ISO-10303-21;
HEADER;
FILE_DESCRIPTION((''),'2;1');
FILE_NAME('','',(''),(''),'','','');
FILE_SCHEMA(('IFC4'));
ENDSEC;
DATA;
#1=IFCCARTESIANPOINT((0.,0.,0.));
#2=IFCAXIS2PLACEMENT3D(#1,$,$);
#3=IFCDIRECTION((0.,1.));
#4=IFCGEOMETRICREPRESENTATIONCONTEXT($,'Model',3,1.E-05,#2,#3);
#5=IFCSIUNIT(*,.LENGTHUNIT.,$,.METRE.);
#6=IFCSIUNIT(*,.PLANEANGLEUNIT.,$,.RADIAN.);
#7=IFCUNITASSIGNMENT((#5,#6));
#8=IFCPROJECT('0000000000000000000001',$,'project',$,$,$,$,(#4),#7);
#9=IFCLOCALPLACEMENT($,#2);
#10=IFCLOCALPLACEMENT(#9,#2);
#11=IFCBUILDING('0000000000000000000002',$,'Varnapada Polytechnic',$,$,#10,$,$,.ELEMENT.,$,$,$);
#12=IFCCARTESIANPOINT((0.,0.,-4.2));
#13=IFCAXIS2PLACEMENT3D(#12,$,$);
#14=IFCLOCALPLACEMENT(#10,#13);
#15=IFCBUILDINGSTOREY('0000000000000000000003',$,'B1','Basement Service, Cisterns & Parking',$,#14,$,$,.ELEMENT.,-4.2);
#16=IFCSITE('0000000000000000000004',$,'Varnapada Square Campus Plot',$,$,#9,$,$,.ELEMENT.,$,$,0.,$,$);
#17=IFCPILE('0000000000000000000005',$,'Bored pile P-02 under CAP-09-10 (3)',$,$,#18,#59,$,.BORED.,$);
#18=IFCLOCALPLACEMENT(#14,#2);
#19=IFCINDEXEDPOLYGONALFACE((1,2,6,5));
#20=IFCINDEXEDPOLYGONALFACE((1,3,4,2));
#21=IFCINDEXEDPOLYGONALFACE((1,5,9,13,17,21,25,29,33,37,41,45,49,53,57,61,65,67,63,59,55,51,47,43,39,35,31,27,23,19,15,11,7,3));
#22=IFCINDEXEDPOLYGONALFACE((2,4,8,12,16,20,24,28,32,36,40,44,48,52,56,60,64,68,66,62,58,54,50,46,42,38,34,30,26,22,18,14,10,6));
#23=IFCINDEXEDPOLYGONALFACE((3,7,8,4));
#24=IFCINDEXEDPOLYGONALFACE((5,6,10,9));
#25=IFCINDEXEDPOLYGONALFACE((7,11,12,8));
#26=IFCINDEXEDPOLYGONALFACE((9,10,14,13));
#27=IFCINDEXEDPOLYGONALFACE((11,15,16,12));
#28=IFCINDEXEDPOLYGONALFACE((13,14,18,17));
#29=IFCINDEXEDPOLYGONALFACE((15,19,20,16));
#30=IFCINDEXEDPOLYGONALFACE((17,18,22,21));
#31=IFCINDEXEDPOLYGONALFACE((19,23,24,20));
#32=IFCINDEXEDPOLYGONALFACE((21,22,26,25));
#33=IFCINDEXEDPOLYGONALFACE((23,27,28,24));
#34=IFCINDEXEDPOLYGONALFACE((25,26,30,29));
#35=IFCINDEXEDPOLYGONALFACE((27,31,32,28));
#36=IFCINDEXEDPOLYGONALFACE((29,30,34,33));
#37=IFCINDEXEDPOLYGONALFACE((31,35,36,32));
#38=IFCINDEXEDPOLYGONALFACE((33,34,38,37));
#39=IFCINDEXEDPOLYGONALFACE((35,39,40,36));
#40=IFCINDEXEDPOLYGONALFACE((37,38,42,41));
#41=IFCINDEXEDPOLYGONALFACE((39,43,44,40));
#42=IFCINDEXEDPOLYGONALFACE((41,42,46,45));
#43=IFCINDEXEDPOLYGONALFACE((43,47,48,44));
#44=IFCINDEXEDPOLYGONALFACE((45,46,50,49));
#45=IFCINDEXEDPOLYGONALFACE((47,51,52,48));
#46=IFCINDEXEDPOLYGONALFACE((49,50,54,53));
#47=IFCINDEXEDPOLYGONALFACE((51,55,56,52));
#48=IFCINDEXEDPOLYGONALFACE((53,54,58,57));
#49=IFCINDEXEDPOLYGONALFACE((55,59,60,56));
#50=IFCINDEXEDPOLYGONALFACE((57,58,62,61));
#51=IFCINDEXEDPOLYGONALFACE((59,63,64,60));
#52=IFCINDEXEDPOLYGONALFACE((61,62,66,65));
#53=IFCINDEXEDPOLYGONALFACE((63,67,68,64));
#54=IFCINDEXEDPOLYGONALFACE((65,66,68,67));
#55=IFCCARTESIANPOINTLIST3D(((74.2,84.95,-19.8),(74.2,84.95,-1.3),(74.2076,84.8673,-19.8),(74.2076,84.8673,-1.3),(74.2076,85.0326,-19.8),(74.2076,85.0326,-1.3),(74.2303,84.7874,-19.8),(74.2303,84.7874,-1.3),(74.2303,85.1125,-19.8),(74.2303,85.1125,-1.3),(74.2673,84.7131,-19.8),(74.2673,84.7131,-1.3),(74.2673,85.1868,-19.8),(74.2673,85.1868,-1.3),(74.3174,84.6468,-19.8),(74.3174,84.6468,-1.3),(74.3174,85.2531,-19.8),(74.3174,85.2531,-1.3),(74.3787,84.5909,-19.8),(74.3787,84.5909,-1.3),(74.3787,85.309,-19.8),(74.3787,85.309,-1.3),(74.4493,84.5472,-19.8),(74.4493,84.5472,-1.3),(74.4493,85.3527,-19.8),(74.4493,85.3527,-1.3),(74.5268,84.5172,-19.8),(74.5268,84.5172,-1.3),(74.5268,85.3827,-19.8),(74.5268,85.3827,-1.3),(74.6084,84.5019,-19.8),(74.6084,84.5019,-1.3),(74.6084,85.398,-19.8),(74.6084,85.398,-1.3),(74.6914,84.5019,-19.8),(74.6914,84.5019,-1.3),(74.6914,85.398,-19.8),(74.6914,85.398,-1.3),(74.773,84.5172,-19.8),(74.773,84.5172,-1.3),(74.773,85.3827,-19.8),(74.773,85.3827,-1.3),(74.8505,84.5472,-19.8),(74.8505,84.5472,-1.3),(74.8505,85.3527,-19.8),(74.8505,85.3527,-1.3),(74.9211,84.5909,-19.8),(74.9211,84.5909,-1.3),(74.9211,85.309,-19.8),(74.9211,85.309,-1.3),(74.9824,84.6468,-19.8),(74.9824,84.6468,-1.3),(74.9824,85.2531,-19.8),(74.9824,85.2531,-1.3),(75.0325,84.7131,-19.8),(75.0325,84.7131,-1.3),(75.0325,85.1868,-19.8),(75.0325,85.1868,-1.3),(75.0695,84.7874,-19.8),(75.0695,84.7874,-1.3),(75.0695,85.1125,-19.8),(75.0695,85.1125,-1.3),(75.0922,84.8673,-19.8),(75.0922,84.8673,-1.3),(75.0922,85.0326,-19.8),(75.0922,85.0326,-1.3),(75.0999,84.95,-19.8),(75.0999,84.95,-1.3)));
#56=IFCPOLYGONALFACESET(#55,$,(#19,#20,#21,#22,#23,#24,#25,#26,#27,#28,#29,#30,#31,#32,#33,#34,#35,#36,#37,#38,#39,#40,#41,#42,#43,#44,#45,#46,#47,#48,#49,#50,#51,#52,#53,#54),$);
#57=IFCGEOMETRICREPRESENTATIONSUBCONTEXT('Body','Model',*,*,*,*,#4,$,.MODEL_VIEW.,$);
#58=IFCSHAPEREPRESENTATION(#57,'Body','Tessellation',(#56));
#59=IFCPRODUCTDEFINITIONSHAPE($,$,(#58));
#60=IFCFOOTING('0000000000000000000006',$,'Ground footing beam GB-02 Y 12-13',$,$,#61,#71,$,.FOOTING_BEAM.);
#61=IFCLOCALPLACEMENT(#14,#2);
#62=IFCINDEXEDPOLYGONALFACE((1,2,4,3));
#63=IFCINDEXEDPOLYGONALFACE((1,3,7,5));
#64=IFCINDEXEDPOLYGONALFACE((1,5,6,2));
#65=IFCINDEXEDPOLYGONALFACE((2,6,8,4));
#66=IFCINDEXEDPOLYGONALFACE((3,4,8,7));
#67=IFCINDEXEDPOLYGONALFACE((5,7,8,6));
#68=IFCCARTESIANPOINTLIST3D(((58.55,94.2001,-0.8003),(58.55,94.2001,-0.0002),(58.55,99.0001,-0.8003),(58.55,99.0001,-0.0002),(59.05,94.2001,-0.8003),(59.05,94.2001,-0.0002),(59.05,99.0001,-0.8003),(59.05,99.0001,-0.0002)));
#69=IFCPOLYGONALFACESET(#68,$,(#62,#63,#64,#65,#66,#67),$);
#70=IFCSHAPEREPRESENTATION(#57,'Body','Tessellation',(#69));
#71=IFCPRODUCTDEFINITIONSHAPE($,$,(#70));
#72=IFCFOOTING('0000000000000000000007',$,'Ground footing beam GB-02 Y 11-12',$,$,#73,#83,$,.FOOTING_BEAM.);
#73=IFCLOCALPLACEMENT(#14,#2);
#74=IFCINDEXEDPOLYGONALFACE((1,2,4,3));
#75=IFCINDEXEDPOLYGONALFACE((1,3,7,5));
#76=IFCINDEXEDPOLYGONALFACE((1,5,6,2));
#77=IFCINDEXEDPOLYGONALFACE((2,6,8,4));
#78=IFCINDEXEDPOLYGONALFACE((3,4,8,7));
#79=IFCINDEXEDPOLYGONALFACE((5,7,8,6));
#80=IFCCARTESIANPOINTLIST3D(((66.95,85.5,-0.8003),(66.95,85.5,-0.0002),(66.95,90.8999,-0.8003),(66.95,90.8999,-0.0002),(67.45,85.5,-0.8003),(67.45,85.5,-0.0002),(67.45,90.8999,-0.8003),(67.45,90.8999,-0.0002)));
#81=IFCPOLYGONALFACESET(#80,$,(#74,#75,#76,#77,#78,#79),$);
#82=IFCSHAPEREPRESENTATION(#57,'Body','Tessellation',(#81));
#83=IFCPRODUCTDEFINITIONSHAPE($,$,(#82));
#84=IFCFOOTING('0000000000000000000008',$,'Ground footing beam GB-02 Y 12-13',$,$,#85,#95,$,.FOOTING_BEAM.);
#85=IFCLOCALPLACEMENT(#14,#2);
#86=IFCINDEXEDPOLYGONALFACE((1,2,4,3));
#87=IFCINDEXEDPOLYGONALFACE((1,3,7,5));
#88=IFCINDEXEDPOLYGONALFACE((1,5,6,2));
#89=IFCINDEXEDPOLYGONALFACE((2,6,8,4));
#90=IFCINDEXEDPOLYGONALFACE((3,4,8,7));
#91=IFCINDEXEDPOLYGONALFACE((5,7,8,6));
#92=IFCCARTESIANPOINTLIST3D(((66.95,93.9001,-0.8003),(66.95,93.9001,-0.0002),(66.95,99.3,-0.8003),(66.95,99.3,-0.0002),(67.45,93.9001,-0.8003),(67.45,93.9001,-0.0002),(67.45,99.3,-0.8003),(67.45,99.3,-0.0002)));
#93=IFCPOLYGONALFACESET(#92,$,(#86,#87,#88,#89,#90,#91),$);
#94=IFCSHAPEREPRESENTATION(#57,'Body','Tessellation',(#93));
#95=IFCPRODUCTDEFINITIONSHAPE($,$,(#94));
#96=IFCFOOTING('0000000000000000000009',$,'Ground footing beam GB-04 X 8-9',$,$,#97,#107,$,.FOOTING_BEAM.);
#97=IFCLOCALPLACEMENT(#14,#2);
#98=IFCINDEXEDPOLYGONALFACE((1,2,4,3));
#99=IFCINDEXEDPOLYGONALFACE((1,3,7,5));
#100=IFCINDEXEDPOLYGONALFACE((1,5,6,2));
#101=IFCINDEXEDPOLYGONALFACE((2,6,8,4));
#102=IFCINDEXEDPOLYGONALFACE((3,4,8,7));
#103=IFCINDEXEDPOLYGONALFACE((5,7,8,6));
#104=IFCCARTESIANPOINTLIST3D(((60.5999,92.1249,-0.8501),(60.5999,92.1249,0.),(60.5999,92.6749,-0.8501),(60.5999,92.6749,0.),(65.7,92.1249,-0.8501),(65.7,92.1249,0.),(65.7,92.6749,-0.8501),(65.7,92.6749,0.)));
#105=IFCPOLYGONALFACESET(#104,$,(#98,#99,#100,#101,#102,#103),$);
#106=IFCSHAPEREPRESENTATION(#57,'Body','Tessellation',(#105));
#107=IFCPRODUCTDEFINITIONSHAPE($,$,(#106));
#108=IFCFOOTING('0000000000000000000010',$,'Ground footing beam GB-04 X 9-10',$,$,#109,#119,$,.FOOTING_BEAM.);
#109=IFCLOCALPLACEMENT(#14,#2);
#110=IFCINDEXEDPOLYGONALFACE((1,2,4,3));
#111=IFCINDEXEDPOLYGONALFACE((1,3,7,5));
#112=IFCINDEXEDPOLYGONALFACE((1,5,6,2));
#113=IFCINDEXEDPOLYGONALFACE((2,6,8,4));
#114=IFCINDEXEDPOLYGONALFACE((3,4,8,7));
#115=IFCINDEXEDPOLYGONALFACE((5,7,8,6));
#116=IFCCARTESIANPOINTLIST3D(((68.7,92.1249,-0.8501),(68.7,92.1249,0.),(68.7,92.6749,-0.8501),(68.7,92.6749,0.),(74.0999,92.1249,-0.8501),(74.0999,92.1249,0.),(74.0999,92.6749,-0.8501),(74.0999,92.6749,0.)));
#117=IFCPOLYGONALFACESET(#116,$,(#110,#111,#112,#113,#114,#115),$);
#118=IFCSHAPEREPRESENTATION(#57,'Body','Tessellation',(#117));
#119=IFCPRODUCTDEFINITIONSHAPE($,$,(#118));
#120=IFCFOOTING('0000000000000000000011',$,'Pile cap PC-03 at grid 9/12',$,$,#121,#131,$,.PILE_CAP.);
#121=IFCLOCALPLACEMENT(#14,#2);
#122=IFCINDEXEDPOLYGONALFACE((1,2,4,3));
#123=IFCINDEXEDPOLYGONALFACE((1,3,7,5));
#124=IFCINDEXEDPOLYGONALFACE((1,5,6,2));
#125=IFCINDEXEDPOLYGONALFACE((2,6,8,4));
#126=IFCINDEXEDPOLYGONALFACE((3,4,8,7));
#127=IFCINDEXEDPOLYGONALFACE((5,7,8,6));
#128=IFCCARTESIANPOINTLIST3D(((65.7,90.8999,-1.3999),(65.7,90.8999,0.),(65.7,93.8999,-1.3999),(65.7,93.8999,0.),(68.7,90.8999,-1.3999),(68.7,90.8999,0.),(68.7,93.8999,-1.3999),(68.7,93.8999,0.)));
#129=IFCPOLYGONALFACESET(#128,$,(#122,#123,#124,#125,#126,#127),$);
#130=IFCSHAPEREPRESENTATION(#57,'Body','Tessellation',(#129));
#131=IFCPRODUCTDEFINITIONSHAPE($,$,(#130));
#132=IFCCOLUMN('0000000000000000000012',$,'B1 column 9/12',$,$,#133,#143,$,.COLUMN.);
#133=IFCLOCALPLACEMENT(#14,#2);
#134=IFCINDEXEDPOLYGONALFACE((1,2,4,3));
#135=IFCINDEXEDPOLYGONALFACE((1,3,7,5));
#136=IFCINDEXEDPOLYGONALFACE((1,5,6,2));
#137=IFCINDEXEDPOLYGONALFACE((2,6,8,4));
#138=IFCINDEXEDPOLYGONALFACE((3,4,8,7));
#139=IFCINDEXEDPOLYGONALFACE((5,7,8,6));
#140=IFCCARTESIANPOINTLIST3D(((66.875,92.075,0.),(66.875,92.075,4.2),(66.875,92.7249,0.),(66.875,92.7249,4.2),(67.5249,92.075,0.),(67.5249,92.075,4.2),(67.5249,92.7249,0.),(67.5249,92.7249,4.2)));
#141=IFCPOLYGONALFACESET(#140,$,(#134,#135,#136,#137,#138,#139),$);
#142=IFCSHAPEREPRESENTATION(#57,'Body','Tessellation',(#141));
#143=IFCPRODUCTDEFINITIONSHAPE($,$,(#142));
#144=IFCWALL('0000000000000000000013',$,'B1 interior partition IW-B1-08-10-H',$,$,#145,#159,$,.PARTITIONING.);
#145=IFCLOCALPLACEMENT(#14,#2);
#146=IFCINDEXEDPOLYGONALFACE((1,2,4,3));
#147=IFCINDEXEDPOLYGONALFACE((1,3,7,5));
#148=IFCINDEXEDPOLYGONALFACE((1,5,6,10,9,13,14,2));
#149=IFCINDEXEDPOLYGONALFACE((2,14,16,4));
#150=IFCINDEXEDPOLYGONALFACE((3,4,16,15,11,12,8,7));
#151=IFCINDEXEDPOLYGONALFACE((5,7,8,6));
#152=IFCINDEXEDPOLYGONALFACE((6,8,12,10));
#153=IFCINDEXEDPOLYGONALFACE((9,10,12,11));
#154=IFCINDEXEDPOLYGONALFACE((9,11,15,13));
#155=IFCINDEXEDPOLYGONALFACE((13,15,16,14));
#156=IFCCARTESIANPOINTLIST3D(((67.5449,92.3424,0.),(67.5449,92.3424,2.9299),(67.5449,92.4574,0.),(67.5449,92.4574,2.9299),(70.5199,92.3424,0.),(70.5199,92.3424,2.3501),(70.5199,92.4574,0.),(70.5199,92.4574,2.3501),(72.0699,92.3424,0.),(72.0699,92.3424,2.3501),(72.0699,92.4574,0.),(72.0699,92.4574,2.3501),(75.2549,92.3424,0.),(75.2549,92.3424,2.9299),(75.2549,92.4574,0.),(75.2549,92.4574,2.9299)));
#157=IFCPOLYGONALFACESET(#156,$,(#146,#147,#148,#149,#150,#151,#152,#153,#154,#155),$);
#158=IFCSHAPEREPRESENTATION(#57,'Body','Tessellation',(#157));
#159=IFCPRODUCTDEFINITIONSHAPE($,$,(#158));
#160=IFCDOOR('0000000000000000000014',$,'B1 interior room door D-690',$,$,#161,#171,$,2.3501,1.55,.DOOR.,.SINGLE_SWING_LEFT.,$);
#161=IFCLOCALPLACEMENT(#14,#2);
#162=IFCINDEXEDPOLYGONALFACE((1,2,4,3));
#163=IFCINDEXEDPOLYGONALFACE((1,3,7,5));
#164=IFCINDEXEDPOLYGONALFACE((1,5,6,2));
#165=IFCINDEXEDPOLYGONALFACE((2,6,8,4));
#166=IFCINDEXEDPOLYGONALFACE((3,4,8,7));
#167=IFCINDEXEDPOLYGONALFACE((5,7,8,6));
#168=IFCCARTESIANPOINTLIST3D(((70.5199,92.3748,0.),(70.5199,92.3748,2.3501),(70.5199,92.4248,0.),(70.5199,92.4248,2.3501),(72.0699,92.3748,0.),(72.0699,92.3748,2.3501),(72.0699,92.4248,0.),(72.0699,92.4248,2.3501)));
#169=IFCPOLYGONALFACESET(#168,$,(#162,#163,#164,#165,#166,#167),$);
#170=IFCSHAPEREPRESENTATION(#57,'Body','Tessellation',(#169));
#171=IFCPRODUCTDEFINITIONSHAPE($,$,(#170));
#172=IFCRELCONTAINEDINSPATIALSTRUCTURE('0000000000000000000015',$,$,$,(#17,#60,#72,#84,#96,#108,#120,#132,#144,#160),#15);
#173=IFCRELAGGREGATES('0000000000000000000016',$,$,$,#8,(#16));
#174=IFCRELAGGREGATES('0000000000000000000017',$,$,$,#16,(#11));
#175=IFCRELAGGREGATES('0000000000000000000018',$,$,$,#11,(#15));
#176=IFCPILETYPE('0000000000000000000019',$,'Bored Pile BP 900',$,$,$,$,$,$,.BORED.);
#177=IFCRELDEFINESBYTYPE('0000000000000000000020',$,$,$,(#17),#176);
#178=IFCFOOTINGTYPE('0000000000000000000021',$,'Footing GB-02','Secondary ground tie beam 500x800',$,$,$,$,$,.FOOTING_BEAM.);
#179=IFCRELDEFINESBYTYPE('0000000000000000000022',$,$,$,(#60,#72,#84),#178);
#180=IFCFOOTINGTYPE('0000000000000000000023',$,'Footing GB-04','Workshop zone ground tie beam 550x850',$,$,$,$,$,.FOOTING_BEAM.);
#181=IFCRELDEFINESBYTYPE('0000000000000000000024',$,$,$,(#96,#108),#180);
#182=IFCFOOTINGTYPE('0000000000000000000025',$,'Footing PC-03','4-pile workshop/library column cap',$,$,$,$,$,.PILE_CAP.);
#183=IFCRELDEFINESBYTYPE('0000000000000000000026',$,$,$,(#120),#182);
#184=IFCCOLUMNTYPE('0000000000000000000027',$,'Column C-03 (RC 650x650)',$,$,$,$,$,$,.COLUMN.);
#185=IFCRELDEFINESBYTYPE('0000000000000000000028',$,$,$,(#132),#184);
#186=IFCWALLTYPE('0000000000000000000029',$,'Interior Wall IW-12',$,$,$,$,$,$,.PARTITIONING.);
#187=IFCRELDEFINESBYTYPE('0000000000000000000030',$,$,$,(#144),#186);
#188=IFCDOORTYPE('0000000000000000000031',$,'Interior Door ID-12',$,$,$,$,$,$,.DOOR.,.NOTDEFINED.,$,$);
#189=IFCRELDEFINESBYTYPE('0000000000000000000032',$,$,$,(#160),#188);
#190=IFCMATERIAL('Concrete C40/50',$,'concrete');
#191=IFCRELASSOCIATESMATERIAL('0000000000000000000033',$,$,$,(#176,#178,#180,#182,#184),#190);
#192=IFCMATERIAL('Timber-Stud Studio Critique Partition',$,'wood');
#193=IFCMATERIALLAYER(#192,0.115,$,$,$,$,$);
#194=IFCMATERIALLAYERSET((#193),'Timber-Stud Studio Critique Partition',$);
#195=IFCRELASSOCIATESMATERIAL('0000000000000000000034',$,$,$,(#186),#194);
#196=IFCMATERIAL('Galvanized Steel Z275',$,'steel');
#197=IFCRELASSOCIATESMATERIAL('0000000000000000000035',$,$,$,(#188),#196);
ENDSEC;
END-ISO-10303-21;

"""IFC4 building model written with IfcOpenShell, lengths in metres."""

from ifc_helpers import new_model, si_unit, direction, frame, frame_2d, origin, origin_2d, place, context, subcontext, project, spatial, rectangle, circle, extrude, material, layer, layer_set, material_profile, profile_set, type_object, element, fill, save


model = new_model("IFC4")

# Units and contexts
model_context = context("Model", 3, precision=1e-05, world=origin(), true_north=direction((0.0, 1.0)))
body_context = subcontext(model_context, "Body", "Model", "MODEL_VIEW")
ifc_project = project(units=[si_unit("LENGTHUNIT", "METRE"), si_unit("PLANEANGLEUNIT", "RADIAN")], contexts=[model_context])

# Site, building, storey
site_placement = place(None, origin())
site = spatial("IfcSite", under=ifc_project, at=site_placement, Name="Varnapada Square Campus Plot", CompositionType="ELEMENT", RefElevation=0.0)
building_placement = place(site_placement, origin())
building = spatial("IfcBuilding", under=site, at=building_placement, Name="Varnapada Polytechnic", CompositionType="ELEMENT")
storey_placement = place(building_placement, frame((0.0, 0.0, -4.2)))
storey = spatial("IfcBuildingStorey", under=building, at=storey_placement, Name="B1", Description="Basement Service, Cisterns & Parking", CompositionType="ELEMENT", Elevation=-4.2)

# Pile
ifc_material_1 = material(Name="Concrete C40/50", Category="concrete")
ifc_material_profile_1 = material_profile(ifc_material_1, circle(Radius=0.45, at=origin_2d()), Name="BP 900")
ifc_profile_set_1 = profile_set([ifc_material_profile_1], Name="Concrete C40/50")
pile_type_1 = type_object("IfcPileType", Name="Bored Pile BP 900", PredefinedType="BORED", material=ifc_profile_set_1)
for number, where, z_axis, x_axis, name in (
    (1, (74.6499, 84.95, -1.3), (0.0, 0.0, -1.0), (1.0, 0.0, 0.0), "Bored pile P-02 under CAP-09-10 (3)"),
):
    element("IfcPile", number, at=place(storey_placement, frame(where, z_axis=z_axis, x_axis=x_axis)), inside=storey, type_object=pile_type_1, Name=name, PredefinedType="BORED", context=body_context, shape_type="SweptSolid", body=[
        extrude(circle(Radius=0.45, at=origin_2d()), origin(), (0.0, 0.0, 1.0), 18.5),
    ])

# Footings
footing_type_1 = type_object("IfcFootingType", Name="Footing GB-02", Description="Secondary ground tie beam 500x800", PredefinedType="FOOTING_BEAM", material=ifc_material_1)
footing_1_placement = place(storey_placement, frame((58.8, 96.6001, -0.8003), z_axis=(0.0, 0.0, 1.0), x_axis=(0.0, 1.0, 0.0)))
element("IfcFooting", 2, at=footing_1_placement, inside=storey, type_object=footing_type_1, Name="Ground footing beam GB-02 Y 12-13", PredefinedType="FOOTING_BEAM", context=body_context, shape_type="SweptSolid", body=[
    extrude(rectangle(XDim=4.8, YDim=0.5, at=origin_2d()), origin(), (0.0, 0.0, 1.0), 0.8),
])
for number, where, z_axis, x_axis, name in (
    (3, (67.2, 88.2, -0.8003), (0.0, 0.0, 1.0), (0.0, 1.0, 0.0), "Ground footing beam GB-02 Y 11-12"),
    (4, (67.2, 96.6001, -0.8003), (0.0, 0.0, 1.0), (0.0, 1.0, 0.0), "Ground footing beam GB-02 Y 12-13"),
):
    element("IfcFooting", number, at=place(storey_placement, frame(where, z_axis=z_axis, x_axis=x_axis)), inside=storey, type_object=footing_type_1, Name=name, PredefinedType="FOOTING_BEAM", context=body_context, shape_type="SweptSolid", body=[
        extrude(rectangle(XDim=5.3999, YDim=0.5, at=origin_2d()), origin(), (0.0, 0.0, 1.0), 0.8),
    ])
footing_type_2 = type_object("IfcFootingType", Name="Footing GB-04", Description="Workshop zone ground tie beam 550x850", PredefinedType="FOOTING_BEAM", material=ifc_material_1)
footing_2_placement = place(storey_placement, frame((63.1499, 92.3999, -0.8501), z_axis=(0.0, 0.0, 1.0), x_axis=(1.0, 0.0, 0.0)))
element("IfcFooting", 5, at=footing_2_placement, inside=storey, type_object=footing_type_2, Name="Ground footing beam GB-04 X 8-9", PredefinedType="FOOTING_BEAM", context=body_context, shape_type="SweptSolid", body=[
    extrude(rectangle(XDim=5.1001, YDim=0.55, at=origin_2d()), origin(), (0.0, 0.0, 1.0), 0.8501),
])
footing_3_placement = place(storey_placement, frame((71.3999, 92.3999, -0.8501), z_axis=(0.0, 0.0, 1.0), x_axis=(1.0, 0.0, 0.0)))
element("IfcFooting", 6, at=footing_3_placement, inside=storey, type_object=footing_type_2, Name="Ground footing beam GB-04 X 9-10", PredefinedType="FOOTING_BEAM", context=body_context, shape_type="SweptSolid", body=[
    extrude(rectangle(XDim=5.3999, YDim=0.55, at=origin_2d()), origin(), (0.0, 0.0, 1.0), 0.8501),
])
footing_type_3 = type_object("IfcFootingType", Name="Footing PC-03", Description="4-pile workshop/library column cap", PredefinedType="PILE_CAP", material=ifc_material_1)
footing_4_placement = place(storey_placement, frame((67.2, 92.3999, -1.3999), z_axis=(0.0, 0.0, 1.0), x_axis=(1.0, 0.0, 0.0)))
element("IfcFooting", 7, at=footing_4_placement, inside=storey, type_object=footing_type_3, Name="Pile cap PC-03 at grid 9/12", PredefinedType="PILE_CAP", context=body_context, shape_type="SweptSolid", body=[
    extrude(rectangle(XDim=3.0, YDim=3.0, at=origin_2d()), origin(), (0.0, 0.0, 1.0), 1.3999),
])

# Column
ifc_material_profile_2 = material_profile(ifc_material_1, rectangle(XDim=0.6499, YDim=0.6499, at=origin_2d()), Name="RC 650x650")
ifc_profile_set_2 = profile_set([ifc_material_profile_2], Name="Concrete C40/50")
column_type = type_object("IfcColumnType", Name="Column C-03 (RC 650x650)", PredefinedType="COLUMN", material=ifc_profile_set_2)
column_placement = place(storey_placement, frame((67.2, 92.3999, 0.0), z_axis=(0.0, 0.0, 1.0), x_axis=(1.0, 0.0, 0.0)))
element("IfcColumn", 8, at=column_placement, inside=storey, type_object=column_type, Name="B1 column 9/12", PredefinedType="COLUMN", context=body_context, shape_type="SweptSolid", body=[
    extrude(rectangle(XDim=0.6499, YDim=0.6499, at=origin_2d()), origin(), (0.0, 0.0, 1.0), 4.2),
])

# Wall, opening, door
ifc_material_2 = material(Name="Timber-Stud Studio Critique Partition", Category="wood")
ifc_layer_1 = layer(ifc_material_2, 0.115)
ifc_layer_set_1 = layer_set([ifc_layer_1], Name="Timber-Stud Studio Critique Partition")
wall_type_1 = type_object("IfcWallType", Name="Interior Wall IW-12", PredefinedType="PARTITIONING", material=ifc_layer_set_1)
wall_1_placement = place(storey_placement, frame((67.5449, 92.3999, 0.0), z_axis=(0.0, 0.0, 1.0), x_axis=(1.0, 0.0, 0.0)))
wall_1 = element("IfcWall", 9, at=wall_1_placement, inside=storey, type_object=wall_type_1, Name="B1 interior partition IW-B1-08-10-H", PredefinedType="PARTITIONING", context=body_context, shape_type="SweptSolid", body=[
    extrude(rectangle(XDim=7.71, YDim=0.115, at=frame_2d((3.855, 0.0))), origin(), (0.0, 0.0, 1.0), 2.9299),
])
opening_1_placement = place(wall_1_placement, frame((2.9751, 0.0, 0.0)))
opening_1 = element("IfcOpeningElement", 10, at=opening_1_placement, cuts=wall_1, PredefinedType="OPENING", context=body_context, shape_type="SweptSolid", body=[
    extrude(rectangle(XDim=1.55, YDim=2.3501, at=frame_2d((0.7749, 1.175))), frame((0.0, 0.0674, 0.0), z_axis=(0.0, -1.0, 0.0), x_axis=(1.0, 0.0, 0.0)), (0.0, 0.0, 1.0), 0.135),
])
ifc_material_3 = material(Name="Galvanized Steel Z275", Category="steel")
door_type_1 = type_object("IfcDoorType", Name="Interior Door ID-12", OperationType="NOTDEFINED", PredefinedType="DOOR", material=ifc_material_3)
door_1_placement = place(opening_1_placement, origin())
door_1 = element("IfcDoor", 11, at=door_1_placement, inside=storey, type_object=door_type_1, Name="B1 interior room door D-690", OperationType="SINGLE_SWING_LEFT", OverallHeight=2.3501, OverallWidth=1.55, PredefinedType="DOOR", context=body_context, shape_type="SweptSolid", body=[
    extrude(rectangle(XDim=1.55, YDim=2.3501, at=frame_2d((0.7749, 1.175))), frame((0.0, 0.0249, 0.0), z_axis=(0.0, -1.0, 0.0), x_axis=(1.0, 0.0, 0.0)), (0.0, 0.0, 1.0), 0.05),
])
fill(opening_1, door_1)

save(model, "model.ifc")
